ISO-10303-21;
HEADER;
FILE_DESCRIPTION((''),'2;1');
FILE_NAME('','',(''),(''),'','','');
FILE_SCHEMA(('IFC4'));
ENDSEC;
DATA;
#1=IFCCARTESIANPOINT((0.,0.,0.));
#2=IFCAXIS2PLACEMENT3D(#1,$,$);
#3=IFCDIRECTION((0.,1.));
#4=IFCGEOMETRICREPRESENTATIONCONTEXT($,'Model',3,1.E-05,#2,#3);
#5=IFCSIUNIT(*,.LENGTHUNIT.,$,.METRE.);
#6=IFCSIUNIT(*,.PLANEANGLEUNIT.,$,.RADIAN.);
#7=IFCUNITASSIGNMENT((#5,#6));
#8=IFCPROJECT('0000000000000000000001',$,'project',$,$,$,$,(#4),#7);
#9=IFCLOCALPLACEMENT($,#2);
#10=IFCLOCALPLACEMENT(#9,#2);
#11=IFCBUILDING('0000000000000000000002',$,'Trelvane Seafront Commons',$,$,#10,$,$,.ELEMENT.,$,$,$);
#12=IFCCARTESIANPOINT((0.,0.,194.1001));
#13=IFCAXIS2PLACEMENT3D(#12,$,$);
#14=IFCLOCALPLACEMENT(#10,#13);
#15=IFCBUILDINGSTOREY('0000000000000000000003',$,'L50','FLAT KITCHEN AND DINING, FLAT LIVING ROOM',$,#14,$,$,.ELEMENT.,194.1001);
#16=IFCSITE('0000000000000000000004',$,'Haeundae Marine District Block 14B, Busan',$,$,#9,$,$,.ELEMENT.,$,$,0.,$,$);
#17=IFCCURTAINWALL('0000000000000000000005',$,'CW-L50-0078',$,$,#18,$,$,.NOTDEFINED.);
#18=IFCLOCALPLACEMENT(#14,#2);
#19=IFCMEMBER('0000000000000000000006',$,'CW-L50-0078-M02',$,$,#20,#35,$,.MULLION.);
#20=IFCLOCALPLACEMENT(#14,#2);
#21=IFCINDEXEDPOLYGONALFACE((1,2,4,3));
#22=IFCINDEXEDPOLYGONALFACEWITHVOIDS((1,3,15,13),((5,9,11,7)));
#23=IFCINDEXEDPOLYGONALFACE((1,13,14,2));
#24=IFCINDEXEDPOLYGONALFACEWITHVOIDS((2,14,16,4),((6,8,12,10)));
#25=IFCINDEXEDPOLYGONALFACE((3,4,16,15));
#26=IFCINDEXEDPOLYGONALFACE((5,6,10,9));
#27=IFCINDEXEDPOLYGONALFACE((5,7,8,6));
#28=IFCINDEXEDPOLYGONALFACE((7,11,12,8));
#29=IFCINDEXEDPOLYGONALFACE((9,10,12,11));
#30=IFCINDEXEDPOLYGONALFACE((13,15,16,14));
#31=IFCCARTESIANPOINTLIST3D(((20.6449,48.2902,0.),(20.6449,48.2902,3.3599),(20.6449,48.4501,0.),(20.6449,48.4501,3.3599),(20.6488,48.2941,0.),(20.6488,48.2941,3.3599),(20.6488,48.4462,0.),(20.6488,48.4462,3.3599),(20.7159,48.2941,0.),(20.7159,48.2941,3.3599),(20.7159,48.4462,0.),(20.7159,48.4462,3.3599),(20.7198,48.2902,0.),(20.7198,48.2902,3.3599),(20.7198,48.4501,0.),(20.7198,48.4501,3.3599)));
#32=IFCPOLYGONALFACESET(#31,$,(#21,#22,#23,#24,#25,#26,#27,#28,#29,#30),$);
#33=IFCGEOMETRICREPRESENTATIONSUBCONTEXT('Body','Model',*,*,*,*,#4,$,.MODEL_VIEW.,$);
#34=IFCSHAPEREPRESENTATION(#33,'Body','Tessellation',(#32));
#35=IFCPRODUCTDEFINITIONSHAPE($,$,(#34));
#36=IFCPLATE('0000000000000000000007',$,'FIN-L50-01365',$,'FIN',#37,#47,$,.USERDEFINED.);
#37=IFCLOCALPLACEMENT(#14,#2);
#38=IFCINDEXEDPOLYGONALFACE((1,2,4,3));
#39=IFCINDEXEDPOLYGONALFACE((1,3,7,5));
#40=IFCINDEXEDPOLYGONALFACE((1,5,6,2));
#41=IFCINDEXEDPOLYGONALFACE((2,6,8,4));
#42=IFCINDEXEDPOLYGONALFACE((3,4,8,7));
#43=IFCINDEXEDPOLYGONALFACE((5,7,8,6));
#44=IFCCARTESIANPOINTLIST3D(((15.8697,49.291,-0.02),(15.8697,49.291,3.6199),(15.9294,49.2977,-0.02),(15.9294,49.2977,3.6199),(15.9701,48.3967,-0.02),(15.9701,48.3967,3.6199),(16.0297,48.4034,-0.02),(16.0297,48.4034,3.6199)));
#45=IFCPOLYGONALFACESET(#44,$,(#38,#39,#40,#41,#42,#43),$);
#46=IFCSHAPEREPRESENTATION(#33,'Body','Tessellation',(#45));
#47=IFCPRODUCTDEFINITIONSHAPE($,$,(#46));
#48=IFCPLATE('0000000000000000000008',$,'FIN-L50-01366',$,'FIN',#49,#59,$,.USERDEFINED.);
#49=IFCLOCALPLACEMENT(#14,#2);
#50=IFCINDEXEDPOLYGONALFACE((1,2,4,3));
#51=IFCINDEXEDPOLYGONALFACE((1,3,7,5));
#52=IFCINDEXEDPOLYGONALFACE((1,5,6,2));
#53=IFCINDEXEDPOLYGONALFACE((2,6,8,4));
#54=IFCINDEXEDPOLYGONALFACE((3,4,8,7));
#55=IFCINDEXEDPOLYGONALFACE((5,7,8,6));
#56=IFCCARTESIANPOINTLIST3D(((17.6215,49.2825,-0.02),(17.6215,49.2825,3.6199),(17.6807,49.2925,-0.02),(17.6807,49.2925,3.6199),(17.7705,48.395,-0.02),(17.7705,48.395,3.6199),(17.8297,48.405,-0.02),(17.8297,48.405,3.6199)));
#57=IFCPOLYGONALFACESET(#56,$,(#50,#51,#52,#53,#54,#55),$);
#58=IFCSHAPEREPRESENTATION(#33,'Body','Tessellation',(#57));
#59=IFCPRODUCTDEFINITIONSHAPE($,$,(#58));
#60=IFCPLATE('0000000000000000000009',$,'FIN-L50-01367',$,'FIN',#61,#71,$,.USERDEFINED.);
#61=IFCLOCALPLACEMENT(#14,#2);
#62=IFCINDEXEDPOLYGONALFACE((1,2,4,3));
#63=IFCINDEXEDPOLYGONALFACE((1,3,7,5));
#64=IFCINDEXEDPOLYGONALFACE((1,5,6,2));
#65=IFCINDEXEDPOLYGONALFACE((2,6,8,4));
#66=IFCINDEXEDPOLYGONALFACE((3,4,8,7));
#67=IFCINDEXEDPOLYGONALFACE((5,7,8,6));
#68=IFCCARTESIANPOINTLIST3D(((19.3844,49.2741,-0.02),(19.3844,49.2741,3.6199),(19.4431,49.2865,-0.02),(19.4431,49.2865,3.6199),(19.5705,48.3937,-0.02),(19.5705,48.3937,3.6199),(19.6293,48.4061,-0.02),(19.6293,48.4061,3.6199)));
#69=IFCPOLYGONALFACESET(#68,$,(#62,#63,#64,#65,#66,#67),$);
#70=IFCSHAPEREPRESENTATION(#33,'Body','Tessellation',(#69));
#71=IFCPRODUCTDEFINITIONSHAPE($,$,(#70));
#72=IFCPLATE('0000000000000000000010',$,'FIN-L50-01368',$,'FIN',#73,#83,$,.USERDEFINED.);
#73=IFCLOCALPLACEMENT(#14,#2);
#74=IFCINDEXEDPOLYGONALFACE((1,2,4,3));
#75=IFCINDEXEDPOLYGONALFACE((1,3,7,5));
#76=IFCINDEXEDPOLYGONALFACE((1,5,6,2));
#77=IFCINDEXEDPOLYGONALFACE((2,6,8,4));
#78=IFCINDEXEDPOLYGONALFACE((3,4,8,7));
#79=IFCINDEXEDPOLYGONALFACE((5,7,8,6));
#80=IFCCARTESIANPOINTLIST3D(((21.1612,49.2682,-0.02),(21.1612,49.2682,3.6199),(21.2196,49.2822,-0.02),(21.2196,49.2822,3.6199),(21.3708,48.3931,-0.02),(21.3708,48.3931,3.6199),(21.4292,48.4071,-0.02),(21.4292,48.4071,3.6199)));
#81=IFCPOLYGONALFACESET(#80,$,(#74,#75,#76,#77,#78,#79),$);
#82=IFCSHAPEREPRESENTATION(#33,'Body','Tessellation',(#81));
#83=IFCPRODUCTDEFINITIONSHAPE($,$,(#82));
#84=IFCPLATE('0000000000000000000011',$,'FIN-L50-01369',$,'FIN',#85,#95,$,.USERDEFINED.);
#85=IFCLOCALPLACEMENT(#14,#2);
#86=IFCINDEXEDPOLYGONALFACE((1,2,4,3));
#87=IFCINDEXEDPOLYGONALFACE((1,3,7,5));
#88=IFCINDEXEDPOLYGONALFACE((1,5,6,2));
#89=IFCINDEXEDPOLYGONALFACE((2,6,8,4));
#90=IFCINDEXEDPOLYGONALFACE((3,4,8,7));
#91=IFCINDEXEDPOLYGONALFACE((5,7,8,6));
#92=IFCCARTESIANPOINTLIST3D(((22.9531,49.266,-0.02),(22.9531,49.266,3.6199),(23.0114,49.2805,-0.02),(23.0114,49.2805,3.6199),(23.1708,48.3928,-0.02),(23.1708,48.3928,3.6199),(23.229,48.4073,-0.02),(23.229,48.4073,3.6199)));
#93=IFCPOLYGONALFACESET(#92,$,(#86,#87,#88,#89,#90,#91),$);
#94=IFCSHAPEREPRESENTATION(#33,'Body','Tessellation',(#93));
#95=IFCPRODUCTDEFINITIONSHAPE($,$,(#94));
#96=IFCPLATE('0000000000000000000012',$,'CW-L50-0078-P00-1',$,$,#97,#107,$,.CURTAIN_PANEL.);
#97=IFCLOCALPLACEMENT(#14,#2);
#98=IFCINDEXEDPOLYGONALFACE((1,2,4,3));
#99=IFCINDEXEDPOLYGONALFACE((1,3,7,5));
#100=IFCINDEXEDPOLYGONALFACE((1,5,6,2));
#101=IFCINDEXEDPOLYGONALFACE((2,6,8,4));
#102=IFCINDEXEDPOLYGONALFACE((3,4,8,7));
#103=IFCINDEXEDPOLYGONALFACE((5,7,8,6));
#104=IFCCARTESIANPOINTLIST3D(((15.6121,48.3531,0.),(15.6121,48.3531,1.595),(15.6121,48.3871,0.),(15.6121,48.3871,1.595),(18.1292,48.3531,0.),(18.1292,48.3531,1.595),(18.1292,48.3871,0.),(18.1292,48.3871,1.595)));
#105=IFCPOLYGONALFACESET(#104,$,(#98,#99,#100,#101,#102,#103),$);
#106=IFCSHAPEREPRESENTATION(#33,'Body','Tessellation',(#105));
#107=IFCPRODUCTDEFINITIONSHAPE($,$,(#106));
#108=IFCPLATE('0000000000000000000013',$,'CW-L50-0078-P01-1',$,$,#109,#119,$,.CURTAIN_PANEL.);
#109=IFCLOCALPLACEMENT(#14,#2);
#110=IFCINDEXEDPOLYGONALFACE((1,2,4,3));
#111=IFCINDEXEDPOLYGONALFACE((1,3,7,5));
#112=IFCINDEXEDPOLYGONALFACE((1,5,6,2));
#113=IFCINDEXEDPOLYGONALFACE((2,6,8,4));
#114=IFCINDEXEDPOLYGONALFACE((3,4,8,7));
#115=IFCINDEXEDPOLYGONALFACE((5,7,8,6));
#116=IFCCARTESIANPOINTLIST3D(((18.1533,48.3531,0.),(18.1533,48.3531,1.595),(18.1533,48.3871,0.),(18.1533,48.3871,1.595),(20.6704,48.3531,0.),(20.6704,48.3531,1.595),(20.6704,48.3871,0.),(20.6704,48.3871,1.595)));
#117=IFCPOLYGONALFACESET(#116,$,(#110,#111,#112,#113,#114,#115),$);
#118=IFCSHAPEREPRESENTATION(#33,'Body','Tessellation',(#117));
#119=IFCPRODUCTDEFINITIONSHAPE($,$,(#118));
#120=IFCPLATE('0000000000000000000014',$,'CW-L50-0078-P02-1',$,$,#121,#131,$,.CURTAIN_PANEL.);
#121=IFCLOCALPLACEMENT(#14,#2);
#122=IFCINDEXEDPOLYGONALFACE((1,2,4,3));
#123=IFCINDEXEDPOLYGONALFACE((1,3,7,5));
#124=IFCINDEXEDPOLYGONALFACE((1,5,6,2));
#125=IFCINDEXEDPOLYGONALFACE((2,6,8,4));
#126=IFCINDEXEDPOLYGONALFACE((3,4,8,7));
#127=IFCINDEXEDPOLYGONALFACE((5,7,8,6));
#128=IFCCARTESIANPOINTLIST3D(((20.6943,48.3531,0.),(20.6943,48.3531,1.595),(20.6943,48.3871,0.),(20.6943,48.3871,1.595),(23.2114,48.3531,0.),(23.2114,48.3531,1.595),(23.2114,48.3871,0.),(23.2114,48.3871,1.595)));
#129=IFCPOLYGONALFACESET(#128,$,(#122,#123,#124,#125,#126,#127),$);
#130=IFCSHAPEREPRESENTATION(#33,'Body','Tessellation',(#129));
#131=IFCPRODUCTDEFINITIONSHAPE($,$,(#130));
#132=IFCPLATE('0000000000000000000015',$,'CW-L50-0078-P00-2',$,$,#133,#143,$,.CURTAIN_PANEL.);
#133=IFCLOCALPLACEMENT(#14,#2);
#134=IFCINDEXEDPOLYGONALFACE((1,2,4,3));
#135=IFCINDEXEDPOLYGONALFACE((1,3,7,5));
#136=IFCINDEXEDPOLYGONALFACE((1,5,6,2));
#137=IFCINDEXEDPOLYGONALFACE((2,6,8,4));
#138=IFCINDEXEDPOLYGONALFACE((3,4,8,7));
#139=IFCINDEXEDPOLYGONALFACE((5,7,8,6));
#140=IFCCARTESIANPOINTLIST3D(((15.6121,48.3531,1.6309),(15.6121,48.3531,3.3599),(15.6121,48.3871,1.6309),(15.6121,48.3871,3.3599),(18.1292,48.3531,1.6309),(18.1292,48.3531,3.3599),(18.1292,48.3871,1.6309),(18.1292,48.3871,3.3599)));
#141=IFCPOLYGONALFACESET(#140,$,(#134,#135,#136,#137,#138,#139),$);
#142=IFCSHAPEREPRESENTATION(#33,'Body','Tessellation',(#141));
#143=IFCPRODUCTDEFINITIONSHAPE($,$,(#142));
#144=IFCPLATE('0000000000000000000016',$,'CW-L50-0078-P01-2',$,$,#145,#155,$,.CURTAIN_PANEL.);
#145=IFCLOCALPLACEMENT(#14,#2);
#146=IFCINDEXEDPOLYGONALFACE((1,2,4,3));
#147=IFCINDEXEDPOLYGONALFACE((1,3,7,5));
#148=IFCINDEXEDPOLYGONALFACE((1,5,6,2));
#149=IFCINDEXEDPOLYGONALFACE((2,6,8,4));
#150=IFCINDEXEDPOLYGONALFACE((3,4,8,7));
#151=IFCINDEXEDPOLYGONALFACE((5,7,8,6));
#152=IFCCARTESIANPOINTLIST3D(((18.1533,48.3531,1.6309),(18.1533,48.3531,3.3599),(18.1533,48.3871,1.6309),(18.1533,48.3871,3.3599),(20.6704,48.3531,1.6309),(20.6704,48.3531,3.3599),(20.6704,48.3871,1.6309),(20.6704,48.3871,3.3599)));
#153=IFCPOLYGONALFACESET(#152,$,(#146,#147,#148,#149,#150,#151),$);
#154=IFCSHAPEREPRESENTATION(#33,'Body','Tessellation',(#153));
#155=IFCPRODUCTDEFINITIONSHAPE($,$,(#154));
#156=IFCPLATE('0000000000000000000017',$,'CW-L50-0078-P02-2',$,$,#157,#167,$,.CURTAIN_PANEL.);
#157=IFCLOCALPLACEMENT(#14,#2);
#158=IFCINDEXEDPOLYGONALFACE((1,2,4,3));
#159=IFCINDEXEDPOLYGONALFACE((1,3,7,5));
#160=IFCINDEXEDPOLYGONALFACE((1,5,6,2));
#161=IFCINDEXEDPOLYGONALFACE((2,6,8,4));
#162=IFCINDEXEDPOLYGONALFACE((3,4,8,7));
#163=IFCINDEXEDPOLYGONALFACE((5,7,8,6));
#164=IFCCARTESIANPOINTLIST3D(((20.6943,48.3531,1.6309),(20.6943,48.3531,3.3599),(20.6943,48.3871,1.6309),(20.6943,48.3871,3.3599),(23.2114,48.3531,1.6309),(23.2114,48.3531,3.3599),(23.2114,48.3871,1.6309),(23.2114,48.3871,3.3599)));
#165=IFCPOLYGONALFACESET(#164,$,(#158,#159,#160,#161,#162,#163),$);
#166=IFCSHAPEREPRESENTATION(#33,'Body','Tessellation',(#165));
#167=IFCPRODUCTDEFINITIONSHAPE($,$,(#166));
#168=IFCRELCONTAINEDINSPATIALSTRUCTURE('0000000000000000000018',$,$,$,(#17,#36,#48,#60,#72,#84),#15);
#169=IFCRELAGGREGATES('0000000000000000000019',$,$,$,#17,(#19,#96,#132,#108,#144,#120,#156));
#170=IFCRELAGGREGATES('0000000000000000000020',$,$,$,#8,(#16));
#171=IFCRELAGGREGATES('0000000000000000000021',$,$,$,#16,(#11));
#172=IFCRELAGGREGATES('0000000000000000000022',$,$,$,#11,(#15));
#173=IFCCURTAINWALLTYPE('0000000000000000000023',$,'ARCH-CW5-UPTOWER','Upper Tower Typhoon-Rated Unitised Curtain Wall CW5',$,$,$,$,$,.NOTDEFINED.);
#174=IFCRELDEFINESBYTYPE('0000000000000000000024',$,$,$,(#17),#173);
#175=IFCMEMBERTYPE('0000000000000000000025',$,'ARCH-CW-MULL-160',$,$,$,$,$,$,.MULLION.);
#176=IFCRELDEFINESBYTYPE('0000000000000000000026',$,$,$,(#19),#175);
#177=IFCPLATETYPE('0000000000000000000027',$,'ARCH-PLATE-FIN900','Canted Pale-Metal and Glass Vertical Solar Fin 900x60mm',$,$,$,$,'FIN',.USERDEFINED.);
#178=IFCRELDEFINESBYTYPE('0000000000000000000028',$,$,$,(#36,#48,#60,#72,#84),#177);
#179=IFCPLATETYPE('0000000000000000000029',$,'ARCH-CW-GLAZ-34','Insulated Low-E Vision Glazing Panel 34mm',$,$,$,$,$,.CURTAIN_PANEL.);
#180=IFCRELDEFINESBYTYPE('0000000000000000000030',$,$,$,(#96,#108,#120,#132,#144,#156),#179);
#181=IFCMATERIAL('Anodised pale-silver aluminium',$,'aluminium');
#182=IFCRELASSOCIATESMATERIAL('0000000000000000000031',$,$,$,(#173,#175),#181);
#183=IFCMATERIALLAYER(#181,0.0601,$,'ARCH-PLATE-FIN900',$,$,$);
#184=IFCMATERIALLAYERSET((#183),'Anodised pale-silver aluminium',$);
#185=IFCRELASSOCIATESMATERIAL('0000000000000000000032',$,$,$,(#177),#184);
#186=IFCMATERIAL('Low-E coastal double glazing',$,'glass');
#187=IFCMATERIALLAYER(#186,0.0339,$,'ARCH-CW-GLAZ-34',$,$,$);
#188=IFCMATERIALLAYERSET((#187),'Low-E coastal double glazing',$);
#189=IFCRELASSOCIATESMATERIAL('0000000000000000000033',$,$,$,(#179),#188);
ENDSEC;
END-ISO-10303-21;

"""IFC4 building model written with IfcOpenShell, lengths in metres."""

from ifc_helpers import new_model, si_unit, direction, frame, origin, origin_2d, place, context, subcontext, project, spatial, rectangle, hollow_rectangle, extrude, source, transform, mapped, material, layer, layer_set, material_profile, profile_set, type_object, element, aggregate, save


model = new_model("IFC4")

# Units and contexts
model_context = context("Model", 3, precision=1e-05, world=origin(), true_north=direction((0.0, 1.0)))
body_context = subcontext(model_context, "Body", "Model", "MODEL_VIEW")
ifc_project = project(units=[si_unit("LENGTHUNIT", "METRE"), si_unit("PLANEANGLEUNIT", "RADIAN")], contexts=[model_context])

# Site, building, storey
site_placement = place(None, origin())
site = spatial("IfcSite", under=ifc_project, at=site_placement, Name="Haeundae Marine District Block 14B, Busan", CompositionType="ELEMENT", RefElevation=0.0)
building_placement = place(site_placement, origin())
building = spatial("IfcBuilding", under=site, at=building_placement, Name="Trelvane Seafront Commons", CompositionType="ELEMENT")
storey_placement = place(building_placement, frame((0.0, 0.0, 194.1001)))
storey = spatial("IfcBuildingStorey", under=building, at=storey_placement, Name="L50", Description="FLAT KITCHEN AND DINING, FLAT LIVING ROOM", CompositionType="ELEMENT", Elevation=194.1001)

# Curtain wall, member
ifc_material_1 = material(Name="Anodised pale-silver aluminium", Category="aluminium")
curtain_wall_type = type_object("IfcCurtainWallType", Name="ARCH-CW5-UPTOWER", Description="Upper Tower Typhoon-Rated Unitised Curtain Wall CW5", PredefinedType="NOTDEFINED", material=ifc_material_1)
curtain_wall_placement = place(storey_placement, origin())
curtain_wall = element("IfcCurtainWall", 1, at=curtain_wall_placement, inside=storey, type_object=curtain_wall_type, Name="CW-L50-0078", PredefinedType="NOTDEFINED")
ifc_material_profile_1 = material_profile(ifc_material_1, hollow_rectangle(XDim=0.075, YDim=0.1599, WallThickness=0.0039, at=origin_2d()), Name="MULL-75x160x4")
ifc_profile_set_1 = profile_set([ifc_material_profile_1], Name="Anodised pale-silver aluminium")
member_type_1 = type_object("IfcMemberType", Name="ARCH-CW-MULL-160", PredefinedType="MULLION", material=ifc_profile_set_1)
shared_shape_1 = source(origin(), body_context, "Body", "SweptSolid", [
    extrude(hollow_rectangle(XDim=0.075, YDim=0.1599, WallThickness=0.0039, at=origin_2d()), origin(), (0.0, 0.0, 1.0), 3.3599),
])
member_1_placement = place(storey_placement, frame((20.6824, 48.3701, 0.0), z_axis=(0.0, 0.0, 1.0), x_axis=(1.0, 0.0, 0.0)))
member_1 = element("IfcMember", 2, at=member_1_placement, type_object=member_type_1, Name="CW-L50-0078-M02", PredefinedType="MULLION", context=body_context, shape_type="MappedRepresentation", body=[
    mapped(shared_shape_1, transform((0.0, 0.0, 0.0), x_axis=(1.0, 0.0, 0.0), y_axis=(0.0, 1.0, 0.0), z_axis=(0.0, 0.0, 1.0), scale=1.0)),
])

# Plates
ifc_layer_1 = layer(ifc_material_1, 0.0601, Name="ARCH-PLATE-FIN900")
ifc_layer_set_1 = layer_set([ifc_layer_1], Name="Anodised pale-silver aluminium")
plate_type_1 = type_object("IfcPlateType", Name="ARCH-PLATE-FIN900", Description="Canted Pale-Metal and Glass Vertical Solar Fin 900x60mm", ElementType="FIN", PredefinedType="USERDEFINED", material=ifc_layer_set_1)
shared_shape_2 = source(origin(), body_context, "Body", "SweptSolid", [
    extrude(rectangle(XDim=0.8999, YDim=0.0601, at=origin_2d()), origin(), (0.0, 0.0, 1.0), 3.6399),
])
for number, where, z_axis, x_axis, name in (
    (3, (15.9497, 48.8472, -0.02), (0.0, 0.0, 1.0), (-0.111554, 0.993758, 0.0), "FIN-L50-01365"),
    (4, (17.7256, 48.8438, -0.02), (0.0, 0.0, 1.0), (-0.165552, 0.986201, 0.0), "FIN-L50-01366"),
    (5, (19.5068, 48.8401, -0.02), (0.0, 0.0, 1.0), (-0.206896, 0.978363, 0.0), "FIN-L50-01367"),
    (6, (21.2952, 48.8376, -0.02), (0.0, 0.0, 1.0), (-0.232902, 0.9725, 0.0), "FIN-L50-01368"),
    (7, (23.0911, 48.8367, -0.02), (0.0, 0.0, 1.0), (-0.241881, 0.970306, 0.0), "FIN-L50-01369"),
):
    element("IfcPlate", number, at=place(storey_placement, frame(where, z_axis=z_axis, x_axis=x_axis)), inside=storey, type_object=plate_type_1, Name=name, ObjectType="FIN", PredefinedType="USERDEFINED", context=body_context, shape_type="MappedRepresentation", body=[
        mapped(shared_shape_2, transform((0.0, 0.0, 0.0), x_axis=(1.0, 0.0, 0.0), y_axis=(0.0, 1.0, 0.0), z_axis=(0.0, 0.0, 1.0), scale=1.0)),
    ])

# Plates
ifc_material_2 = material(Name="Low-E coastal double glazing", Category="glass")
ifc_layer_2 = layer(ifc_material_2, 0.0339, Name="ARCH-CW-GLAZ-34")
ifc_layer_set_2 = layer_set([ifc_layer_2], Name="Low-E coastal double glazing")
plate_type_2 = type_object("IfcPlateType", Name="ARCH-CW-GLAZ-34", Description="Insulated Low-E Vision Glazing Panel 34mm", PredefinedType="CURTAIN_PANEL", material=ifc_layer_set_2)
shared_shape_3 = source(origin(), body_context, "Body", "SweptSolid", [
    extrude(rectangle(XDim=2.5171, YDim=0.0339, at=origin_2d()), origin(), (0.0, 0.0, 1.0), 1.595),
])
plate_1_placement = place(storey_placement, frame((16.8706, 48.3701, 0.0), z_axis=(0.0, 0.0, 1.0), x_axis=(1.0, 0.0, 0.0)))
plate_1 = element("IfcPlate", 8, at=plate_1_placement, type_object=plate_type_2, Name="CW-L50-0078-P00-1", PredefinedType="CURTAIN_PANEL", context=body_context, shape_type="MappedRepresentation", body=[
    mapped(shared_shape_3, transform((0.0, 0.0, 0.0), x_axis=(1.0, 0.0, 0.0), y_axis=(0.0, 1.0, 0.0), z_axis=(0.0, 0.0, 1.0), scale=1.0)),
])
plate_2_placement = place(storey_placement, frame((19.4119, 48.3701, 0.0), z_axis=(0.0, 0.0, 1.0), x_axis=(1.0, 0.0, 0.0)))
plate_2 = element("IfcPlate", 9, at=plate_2_placement, type_object=plate_type_2, Name="CW-L50-0078-P01-1", PredefinedType="CURTAIN_PANEL", context=body_context, shape_type="MappedRepresentation", body=[
    mapped(shared_shape_3, transform((0.0, 0.0, 0.0), x_axis=(1.0, 0.0, 0.0), y_axis=(0.0, 1.0, 0.0), z_axis=(0.0, 0.0, 1.0), scale=1.0)),
])
plate_3_placement = place(storey_placement, frame((21.9529, 48.3701, 0.0), z_axis=(0.0, 0.0, 1.0), x_axis=(1.0, 0.0, 0.0)))
plate_3 = element("IfcPlate", 10, at=plate_3_placement, type_object=plate_type_2, Name="CW-L50-0078-P02-1", PredefinedType="CURTAIN_PANEL", context=body_context, shape_type="MappedRepresentation", body=[
    mapped(shared_shape_3, transform((0.0, 0.0, 0.0), x_axis=(1.0, 0.0, 0.0), y_axis=(0.0, 1.0, 0.0), z_axis=(0.0, 0.0, 1.0), scale=1.0)),
])
shared_shape_4 = source(origin(), body_context, "Body", "SweptSolid", [
    extrude(rectangle(XDim=2.5171, YDim=0.0339, at=origin_2d()), origin(), (0.0, 0.0, 1.0), 1.729),
])
plate_4_placement = place(storey_placement, frame((16.8706, 48.3701, 1.6309), z_axis=(0.0, 0.0, 1.0), x_axis=(1.0, 0.0, 0.0)))
plate_4 = element("IfcPlate", 11, at=plate_4_placement, type_object=plate_type_2, Name="CW-L50-0078-P00-2", PredefinedType="CURTAIN_PANEL", context=body_context, shape_type="MappedRepresentation", body=[
    mapped(shared_shape_4, transform((0.0, 0.0, 0.0), x_axis=(1.0, 0.0, 0.0), y_axis=(0.0, 1.0, 0.0), z_axis=(0.0, 0.0, 1.0), scale=1.0)),
])
plate_5_placement = place(storey_placement, frame((19.4119, 48.3701, 1.6309), z_axis=(0.0, 0.0, 1.0), x_axis=(1.0, 0.0, 0.0)))
plate_5 = element("IfcPlate", 12, at=plate_5_placement, type_object=plate_type_2, Name="CW-L50-0078-P01-2", PredefinedType="CURTAIN_PANEL", context=body_context, shape_type="MappedRepresentation", body=[
    mapped(shared_shape_4, transform((0.0, 0.0, 0.0), x_axis=(1.0, 0.0, 0.0), y_axis=(0.0, 1.0, 0.0), z_axis=(0.0, 0.0, 1.0), scale=1.0)),
])
plate_6_placement = place(storey_placement, frame((21.9529, 48.3701, 1.6309), z_axis=(0.0, 0.0, 1.0), x_axis=(1.0, 0.0, 0.0)))
plate_6 = element("IfcPlate", 13, at=plate_6_placement, type_object=plate_type_2, Name="CW-L50-0078-P02-2", PredefinedType="CURTAIN_PANEL", context=body_context, shape_type="MappedRepresentation", body=[
    mapped(shared_shape_4, transform((0.0, 0.0, 0.0), x_axis=(1.0, 0.0, 0.0), y_axis=(0.0, 1.0, 0.0), z_axis=(0.0, 0.0, 1.0), scale=1.0)),
])
aggregate(curtain_wall, [member_1, plate_1, plate_4, plate_2, plate_5, plate_3, plate_6])

save(model, "model.ifc")
